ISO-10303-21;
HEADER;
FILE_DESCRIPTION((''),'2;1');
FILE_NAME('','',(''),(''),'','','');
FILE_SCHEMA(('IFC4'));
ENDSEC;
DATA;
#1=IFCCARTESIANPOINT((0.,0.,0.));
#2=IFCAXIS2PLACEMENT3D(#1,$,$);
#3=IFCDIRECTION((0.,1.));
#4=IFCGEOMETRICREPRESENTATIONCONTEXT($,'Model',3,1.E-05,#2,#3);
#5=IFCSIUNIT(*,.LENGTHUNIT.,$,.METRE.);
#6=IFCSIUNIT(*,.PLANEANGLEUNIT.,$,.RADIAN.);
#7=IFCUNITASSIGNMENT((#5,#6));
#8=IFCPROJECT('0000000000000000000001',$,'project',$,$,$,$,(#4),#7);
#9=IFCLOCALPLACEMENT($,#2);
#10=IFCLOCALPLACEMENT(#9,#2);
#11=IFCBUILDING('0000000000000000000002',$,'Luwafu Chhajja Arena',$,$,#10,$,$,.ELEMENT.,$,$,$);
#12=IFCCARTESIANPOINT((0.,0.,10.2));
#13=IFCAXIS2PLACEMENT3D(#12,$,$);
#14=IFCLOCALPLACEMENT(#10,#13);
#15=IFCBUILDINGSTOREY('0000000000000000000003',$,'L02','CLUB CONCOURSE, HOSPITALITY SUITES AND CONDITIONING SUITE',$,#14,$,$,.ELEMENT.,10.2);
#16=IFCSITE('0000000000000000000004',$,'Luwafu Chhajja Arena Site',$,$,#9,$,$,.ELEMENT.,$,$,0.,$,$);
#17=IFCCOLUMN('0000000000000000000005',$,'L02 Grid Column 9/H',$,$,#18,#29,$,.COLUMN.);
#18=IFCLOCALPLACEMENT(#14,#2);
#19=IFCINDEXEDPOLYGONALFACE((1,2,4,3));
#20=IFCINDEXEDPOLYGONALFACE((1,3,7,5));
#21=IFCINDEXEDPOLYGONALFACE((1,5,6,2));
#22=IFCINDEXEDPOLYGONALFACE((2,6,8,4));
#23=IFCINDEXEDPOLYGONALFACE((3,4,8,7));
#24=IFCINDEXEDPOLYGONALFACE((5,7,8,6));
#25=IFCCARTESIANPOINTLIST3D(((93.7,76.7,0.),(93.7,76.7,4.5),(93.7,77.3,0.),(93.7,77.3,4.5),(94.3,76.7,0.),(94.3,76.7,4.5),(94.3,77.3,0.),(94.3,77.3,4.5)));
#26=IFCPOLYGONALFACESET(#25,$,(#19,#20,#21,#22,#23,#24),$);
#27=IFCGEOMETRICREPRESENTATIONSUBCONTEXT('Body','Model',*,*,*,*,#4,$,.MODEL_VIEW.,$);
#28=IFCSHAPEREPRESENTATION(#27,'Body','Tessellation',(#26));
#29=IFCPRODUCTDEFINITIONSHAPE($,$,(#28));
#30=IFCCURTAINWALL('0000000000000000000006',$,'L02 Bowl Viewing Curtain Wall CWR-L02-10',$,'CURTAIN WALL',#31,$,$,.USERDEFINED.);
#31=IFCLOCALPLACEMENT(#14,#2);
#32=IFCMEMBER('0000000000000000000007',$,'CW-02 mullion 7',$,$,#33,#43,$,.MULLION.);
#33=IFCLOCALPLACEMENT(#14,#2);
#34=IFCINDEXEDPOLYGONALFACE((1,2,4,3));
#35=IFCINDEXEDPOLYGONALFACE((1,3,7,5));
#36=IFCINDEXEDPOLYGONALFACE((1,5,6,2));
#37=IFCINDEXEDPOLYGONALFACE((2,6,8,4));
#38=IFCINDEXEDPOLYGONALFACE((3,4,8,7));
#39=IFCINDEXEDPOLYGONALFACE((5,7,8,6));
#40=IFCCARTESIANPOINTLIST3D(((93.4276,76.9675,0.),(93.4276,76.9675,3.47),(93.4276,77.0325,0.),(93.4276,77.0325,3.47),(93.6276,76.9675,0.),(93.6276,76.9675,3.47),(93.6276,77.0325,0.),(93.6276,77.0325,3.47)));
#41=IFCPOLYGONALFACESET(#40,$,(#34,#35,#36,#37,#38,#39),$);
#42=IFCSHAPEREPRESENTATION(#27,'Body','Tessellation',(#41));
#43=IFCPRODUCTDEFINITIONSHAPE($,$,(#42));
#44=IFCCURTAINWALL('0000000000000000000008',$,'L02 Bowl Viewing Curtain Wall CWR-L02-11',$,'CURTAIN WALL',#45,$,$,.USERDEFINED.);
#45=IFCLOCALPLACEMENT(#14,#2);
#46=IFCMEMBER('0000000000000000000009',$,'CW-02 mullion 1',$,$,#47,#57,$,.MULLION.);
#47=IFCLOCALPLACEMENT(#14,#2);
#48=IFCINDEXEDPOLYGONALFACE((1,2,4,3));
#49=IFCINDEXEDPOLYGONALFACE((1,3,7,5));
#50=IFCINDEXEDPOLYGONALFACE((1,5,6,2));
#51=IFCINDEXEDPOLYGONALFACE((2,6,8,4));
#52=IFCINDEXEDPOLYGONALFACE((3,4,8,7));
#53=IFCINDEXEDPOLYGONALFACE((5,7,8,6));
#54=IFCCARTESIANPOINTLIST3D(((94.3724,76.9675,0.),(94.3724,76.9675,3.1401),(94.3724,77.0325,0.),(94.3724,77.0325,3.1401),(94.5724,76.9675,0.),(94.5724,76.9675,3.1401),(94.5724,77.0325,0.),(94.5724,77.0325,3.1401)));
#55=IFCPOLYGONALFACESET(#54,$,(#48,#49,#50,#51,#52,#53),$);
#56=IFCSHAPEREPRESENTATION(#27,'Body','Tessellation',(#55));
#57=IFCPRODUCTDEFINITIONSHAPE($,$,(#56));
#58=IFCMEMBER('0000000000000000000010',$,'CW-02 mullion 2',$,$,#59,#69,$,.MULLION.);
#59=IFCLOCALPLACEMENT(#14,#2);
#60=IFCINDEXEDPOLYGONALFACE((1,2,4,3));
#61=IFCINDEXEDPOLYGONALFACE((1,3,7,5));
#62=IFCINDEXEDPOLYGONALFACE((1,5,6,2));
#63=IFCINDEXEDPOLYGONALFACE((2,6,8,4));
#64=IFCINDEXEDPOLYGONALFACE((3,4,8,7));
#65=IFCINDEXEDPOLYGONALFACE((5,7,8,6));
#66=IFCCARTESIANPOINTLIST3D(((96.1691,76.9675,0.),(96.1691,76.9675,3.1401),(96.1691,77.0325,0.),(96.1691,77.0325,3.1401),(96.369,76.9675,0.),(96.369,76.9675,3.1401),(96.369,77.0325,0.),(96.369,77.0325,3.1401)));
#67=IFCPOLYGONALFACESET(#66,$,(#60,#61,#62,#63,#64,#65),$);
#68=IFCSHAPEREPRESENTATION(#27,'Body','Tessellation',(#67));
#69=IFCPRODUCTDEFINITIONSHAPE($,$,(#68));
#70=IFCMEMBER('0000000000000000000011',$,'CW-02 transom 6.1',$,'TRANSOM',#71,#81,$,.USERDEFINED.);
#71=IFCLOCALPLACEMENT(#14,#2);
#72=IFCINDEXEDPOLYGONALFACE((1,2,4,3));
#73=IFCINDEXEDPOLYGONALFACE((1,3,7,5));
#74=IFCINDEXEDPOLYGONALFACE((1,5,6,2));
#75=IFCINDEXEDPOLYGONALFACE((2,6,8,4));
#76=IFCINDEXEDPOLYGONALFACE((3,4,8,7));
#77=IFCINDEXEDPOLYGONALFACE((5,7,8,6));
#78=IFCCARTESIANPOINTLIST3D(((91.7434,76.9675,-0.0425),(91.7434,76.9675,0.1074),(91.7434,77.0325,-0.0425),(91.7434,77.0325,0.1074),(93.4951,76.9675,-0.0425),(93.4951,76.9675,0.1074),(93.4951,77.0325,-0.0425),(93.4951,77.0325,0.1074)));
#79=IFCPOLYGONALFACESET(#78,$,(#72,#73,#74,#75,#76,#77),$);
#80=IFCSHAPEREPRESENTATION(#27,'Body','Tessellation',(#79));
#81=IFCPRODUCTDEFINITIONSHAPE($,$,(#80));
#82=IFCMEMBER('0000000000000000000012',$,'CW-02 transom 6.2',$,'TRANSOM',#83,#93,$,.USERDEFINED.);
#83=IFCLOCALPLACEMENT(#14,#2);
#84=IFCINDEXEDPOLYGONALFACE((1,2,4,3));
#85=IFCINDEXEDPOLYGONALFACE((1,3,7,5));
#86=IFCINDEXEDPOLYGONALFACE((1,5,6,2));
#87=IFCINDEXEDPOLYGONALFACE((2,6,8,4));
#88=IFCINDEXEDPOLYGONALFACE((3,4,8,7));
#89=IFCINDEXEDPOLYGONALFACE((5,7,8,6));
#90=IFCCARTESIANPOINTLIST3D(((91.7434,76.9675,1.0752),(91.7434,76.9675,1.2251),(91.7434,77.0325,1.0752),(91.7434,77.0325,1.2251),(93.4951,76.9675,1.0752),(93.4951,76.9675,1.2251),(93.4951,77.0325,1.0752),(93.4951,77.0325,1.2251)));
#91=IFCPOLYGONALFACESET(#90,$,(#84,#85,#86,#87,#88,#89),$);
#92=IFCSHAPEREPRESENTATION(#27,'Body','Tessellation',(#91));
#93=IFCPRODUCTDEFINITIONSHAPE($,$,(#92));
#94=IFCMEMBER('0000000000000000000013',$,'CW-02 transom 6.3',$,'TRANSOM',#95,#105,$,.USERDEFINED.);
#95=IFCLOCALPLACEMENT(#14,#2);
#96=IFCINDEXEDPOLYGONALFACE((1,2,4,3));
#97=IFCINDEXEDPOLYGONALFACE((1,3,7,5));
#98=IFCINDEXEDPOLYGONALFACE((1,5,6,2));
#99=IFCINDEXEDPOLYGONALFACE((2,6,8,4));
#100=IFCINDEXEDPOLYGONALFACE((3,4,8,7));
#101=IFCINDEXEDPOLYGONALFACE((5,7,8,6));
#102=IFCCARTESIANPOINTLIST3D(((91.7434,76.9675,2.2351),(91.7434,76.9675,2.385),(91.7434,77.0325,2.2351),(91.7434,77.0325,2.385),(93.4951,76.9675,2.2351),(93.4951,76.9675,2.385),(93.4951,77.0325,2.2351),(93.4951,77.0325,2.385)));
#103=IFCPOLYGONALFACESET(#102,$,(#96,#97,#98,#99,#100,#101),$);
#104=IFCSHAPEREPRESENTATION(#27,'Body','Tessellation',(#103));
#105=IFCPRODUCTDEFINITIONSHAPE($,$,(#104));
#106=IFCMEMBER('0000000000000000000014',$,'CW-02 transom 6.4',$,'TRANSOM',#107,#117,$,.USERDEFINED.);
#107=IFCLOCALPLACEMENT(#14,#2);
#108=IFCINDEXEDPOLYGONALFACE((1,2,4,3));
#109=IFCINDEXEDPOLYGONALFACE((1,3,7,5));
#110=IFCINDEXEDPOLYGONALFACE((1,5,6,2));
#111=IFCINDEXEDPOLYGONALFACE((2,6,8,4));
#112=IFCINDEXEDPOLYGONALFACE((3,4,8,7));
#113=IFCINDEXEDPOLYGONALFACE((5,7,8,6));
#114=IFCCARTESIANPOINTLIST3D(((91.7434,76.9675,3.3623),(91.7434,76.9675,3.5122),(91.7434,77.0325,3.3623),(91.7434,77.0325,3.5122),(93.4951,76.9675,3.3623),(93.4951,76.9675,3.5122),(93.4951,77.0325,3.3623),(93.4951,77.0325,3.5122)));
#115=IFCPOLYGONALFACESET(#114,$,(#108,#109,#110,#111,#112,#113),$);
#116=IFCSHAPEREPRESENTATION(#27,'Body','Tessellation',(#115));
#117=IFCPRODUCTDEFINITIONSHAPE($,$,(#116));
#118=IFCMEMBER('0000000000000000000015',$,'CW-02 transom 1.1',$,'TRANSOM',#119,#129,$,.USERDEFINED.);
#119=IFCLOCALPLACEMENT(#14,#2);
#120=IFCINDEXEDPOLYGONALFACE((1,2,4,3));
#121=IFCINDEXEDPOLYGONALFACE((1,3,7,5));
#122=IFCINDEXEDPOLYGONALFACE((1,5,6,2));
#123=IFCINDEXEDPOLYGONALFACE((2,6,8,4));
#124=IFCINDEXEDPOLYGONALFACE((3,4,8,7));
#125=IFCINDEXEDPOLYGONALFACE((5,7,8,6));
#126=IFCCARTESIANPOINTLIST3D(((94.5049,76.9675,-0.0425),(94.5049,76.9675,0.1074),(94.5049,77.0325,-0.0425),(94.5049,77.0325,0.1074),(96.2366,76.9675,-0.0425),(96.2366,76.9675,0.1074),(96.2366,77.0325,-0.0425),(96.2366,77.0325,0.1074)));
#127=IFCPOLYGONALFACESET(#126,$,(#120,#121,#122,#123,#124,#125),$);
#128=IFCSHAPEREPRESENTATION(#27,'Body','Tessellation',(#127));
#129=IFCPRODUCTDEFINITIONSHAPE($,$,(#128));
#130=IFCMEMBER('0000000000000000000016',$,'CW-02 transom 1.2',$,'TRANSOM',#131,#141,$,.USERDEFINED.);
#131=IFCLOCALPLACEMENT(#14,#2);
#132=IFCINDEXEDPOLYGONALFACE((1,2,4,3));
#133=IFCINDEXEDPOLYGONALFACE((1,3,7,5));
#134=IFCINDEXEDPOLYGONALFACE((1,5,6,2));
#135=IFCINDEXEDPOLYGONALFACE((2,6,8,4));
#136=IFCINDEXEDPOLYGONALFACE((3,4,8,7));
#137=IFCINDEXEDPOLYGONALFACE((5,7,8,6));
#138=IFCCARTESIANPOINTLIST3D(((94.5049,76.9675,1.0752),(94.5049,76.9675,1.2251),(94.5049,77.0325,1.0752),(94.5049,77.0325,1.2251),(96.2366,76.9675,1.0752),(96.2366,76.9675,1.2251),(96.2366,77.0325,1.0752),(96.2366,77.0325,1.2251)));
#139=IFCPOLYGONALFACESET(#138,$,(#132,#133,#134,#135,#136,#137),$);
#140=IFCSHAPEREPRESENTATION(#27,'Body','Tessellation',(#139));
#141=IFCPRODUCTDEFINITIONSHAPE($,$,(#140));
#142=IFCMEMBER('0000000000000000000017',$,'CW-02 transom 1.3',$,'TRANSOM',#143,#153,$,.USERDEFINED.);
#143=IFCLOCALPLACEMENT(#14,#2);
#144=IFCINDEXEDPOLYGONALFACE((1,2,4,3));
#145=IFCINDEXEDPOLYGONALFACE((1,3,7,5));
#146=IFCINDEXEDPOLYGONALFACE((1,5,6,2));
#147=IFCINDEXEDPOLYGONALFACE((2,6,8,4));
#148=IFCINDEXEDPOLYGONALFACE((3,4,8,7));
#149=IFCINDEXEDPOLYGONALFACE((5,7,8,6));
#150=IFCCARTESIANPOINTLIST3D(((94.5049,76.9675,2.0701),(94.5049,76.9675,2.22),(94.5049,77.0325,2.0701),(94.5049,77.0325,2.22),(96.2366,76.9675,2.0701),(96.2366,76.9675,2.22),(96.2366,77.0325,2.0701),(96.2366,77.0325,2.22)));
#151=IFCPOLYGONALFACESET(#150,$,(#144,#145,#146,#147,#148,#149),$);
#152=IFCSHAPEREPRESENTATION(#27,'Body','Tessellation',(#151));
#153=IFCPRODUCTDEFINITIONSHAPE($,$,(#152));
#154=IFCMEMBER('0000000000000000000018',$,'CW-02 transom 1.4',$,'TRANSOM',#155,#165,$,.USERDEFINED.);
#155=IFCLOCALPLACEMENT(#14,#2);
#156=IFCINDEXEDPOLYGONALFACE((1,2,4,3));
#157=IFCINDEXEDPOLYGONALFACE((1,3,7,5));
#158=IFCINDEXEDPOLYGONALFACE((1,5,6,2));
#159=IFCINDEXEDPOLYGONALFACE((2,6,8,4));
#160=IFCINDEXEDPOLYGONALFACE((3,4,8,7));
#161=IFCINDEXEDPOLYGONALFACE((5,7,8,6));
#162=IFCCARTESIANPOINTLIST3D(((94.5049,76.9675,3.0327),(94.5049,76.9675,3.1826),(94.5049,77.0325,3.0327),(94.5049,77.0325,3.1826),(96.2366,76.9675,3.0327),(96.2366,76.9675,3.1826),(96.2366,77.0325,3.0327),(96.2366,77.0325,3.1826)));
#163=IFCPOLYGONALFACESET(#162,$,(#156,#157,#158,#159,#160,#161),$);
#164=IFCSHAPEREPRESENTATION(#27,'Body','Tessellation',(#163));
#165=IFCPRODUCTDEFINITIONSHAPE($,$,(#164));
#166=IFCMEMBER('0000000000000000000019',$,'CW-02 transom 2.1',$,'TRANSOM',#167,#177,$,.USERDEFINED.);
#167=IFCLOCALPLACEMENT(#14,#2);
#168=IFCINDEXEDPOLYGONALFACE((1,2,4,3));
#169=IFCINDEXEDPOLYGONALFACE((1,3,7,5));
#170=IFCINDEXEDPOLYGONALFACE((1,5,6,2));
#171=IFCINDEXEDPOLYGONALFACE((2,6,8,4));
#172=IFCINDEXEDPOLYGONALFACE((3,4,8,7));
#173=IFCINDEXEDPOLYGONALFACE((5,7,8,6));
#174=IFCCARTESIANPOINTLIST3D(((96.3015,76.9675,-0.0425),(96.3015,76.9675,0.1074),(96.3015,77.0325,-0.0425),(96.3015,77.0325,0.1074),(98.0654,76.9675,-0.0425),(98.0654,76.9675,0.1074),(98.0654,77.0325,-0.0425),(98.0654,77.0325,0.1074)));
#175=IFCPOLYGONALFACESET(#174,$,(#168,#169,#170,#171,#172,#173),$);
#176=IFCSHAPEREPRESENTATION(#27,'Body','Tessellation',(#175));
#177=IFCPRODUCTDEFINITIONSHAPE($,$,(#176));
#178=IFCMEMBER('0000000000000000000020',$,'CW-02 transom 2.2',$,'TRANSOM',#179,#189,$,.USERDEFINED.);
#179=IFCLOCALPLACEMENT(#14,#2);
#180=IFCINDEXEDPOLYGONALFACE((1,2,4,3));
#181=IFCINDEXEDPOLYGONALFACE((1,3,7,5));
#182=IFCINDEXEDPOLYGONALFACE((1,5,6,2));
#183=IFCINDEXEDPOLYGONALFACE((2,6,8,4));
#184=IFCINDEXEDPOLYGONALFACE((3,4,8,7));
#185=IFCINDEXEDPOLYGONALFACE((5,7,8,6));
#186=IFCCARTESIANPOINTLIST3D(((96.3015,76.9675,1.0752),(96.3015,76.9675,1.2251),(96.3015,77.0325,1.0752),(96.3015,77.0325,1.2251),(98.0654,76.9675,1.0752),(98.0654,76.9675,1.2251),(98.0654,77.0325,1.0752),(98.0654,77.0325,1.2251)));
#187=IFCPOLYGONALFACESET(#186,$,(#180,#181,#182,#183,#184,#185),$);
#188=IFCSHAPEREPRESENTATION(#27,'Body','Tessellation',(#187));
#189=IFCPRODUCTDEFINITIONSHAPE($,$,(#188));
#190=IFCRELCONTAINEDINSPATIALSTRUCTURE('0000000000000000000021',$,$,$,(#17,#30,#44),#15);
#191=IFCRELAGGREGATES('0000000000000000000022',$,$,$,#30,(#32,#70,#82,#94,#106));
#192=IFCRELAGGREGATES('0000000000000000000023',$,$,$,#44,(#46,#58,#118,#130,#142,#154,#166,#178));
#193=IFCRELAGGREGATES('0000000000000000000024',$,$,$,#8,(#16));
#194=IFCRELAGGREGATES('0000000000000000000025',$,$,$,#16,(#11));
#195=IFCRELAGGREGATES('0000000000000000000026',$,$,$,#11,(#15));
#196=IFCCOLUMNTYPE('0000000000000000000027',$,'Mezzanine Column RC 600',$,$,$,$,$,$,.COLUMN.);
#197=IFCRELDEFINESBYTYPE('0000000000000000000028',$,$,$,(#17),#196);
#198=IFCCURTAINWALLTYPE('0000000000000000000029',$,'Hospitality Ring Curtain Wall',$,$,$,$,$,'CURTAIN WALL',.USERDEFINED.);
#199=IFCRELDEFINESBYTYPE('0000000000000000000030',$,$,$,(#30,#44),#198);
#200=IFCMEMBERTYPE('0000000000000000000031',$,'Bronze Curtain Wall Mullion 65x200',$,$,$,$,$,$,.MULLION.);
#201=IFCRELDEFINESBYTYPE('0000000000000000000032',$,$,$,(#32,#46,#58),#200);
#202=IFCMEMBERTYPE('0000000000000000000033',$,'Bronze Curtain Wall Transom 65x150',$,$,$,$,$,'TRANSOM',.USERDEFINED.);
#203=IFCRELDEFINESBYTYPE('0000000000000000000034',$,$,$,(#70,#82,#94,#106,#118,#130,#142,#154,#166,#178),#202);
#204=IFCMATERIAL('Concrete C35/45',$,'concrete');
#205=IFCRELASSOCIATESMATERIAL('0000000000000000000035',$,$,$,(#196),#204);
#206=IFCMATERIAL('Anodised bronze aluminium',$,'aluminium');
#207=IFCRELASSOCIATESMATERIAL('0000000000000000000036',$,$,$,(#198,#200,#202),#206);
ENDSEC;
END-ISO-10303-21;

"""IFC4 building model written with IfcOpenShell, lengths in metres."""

from ifc_helpers import new_model, si_unit, direction, frame, origin, origin_2d, place, context, subcontext, project, spatial, rectangle, extrude, material, material_profile, profile_set, type_object, element, aggregate, save


model = new_model("IFC4")

# Units and contexts
model_context = context("Model", 3, precision=1e-05, world=origin(), true_north=direction((0.0, 1.0)))
body_context = subcontext(model_context, "Body", "Model", "MODEL_VIEW")
ifc_project = project(units=[si_unit("LENGTHUNIT", "METRE"), si_unit("PLANEANGLEUNIT", "RADIAN")], contexts=[model_context])

# Site, building, storey
site_placement = place(None, origin())
site = spatial("IfcSite", under=ifc_project, at=site_placement, Name="Luwafu Chhajja Arena Site", CompositionType="ELEMENT", RefElevation=0.0)
building_placement = place(site_placement, origin())
building = spatial("IfcBuilding", under=site, at=building_placement, Name="Luwafu Chhajja Arena", CompositionType="ELEMENT")
storey_placement = place(building_placement, frame((0.0, 0.0, 10.2)))
storey = spatial("IfcBuildingStorey", under=building, at=storey_placement, Name="L02", Description="CLUB CONCOURSE, HOSPITALITY SUITES AND CONDITIONING SUITE", CompositionType="ELEMENT", Elevation=10.2)

# Column
ifc_material_1 = material(Name="Concrete C35/45", Category="concrete")
ifc_material_profile_1 = material_profile(ifc_material_1, rectangle(XDim=0.6001, YDim=0.6001, at=origin_2d()), Name="RC 600x600")
ifc_profile_set_1 = profile_set([ifc_material_profile_1], Name="Concrete C35/45")
column_type = type_object("IfcColumnType", Name="Mezzanine Column RC 600", PredefinedType="COLUMN", material=ifc_profile_set_1)
column_placement = place(storey_placement, frame((94.0, 77.0, 0.0), z_axis=(0.0, 0.0, 1.0), x_axis=(1.0, 0.0, 0.0)))
element("IfcColumn", 1, at=column_placement, inside=storey, type_object=column_type, Name="L02 Grid Column 9/H", PredefinedType="COLUMN", context=body_context, shape_type="SweptSolid", body=[
    extrude(rectangle(XDim=0.6001, YDim=0.6001, at=origin_2d()), origin(), (0.0, 0.0, 1.0), 4.5),
])

# Curtain wall, member
ifc_material_2 = material(Name="Anodised bronze aluminium", Category="aluminium")
curtain_wall_type = type_object("IfcCurtainWallType", Name="Hospitality Ring Curtain Wall", ElementType="CURTAIN WALL", PredefinedType="USERDEFINED", material=ifc_material_2)
curtain_wall_1_placement = place(storey_placement, origin())
curtain_wall_1 = element("IfcCurtainWall", 2, at=curtain_wall_1_placement, inside=storey, type_object=curtain_wall_type, Name="L02 Bowl Viewing Curtain Wall CWR-L02-10", ObjectType="CURTAIN WALL", PredefinedType="USERDEFINED")
ifc_material_profile_2 = material_profile(ifc_material_2, rectangle(XDim=0.0649, YDim=0.2, at=origin_2d()), Name="CWM 65x200")
ifc_profile_set_2 = profile_set([ifc_material_profile_2], Name="Anodised bronze aluminium")
member_type_1 = type_object("IfcMemberType", Name="Bronze Curtain Wall Mullion 65x200", PredefinedType="MULLION", material=ifc_profile_set_2)
member_1_placement = place(storey_placement, frame((93.5276, 77.0, 0.0), z_axis=(0.0, 0.0, 1.0), x_axis=(0.0, 1.0, 0.0)))
member_1 = element("IfcMember", 3, at=member_1_placement, type_object=member_type_1, Name="CW-02 mullion 7", PredefinedType="MULLION", context=body_context, shape_type="SweptSolid", body=[
    extrude(rectangle(XDim=0.0649, YDim=0.2, at=origin_2d()), origin(), (0.0, 0.0, 1.0), 3.47),
])

# Curtain wall, members
curtain_wall_2_placement = place(storey_placement, origin())
curtain_wall_2 = element("IfcCurtainWall", 4, at=curtain_wall_2_placement, inside=storey, type_object=curtain_wall_type, Name="L02 Bowl Viewing Curtain Wall CWR-L02-11", ObjectType="CURTAIN WALL", PredefinedType="USERDEFINED")
member_2_placement = place(storey_placement, frame((94.4724, 77.0, 0.0), z_axis=(0.0, 0.0, 1.0), x_axis=(0.0, 1.0, 0.0)))
member_2 = element("IfcMember", 5, at=member_2_placement, type_object=member_type_1, Name="CW-02 mullion 1", PredefinedType="MULLION", context=body_context, shape_type="SweptSolid", body=[
    extrude(rectangle(XDim=0.0649, YDim=0.2, at=origin_2d()), origin(), (0.0, 0.0, 1.0), 3.1401),
])
member_3_placement = place(storey_placement, frame((96.269, 77.0, 0.0), z_axis=(0.0, 0.0, 1.0), x_axis=(0.0, 1.0, 0.0)))
member_3 = element("IfcMember", 6, at=member_3_placement, type_object=member_type_1, Name="CW-02 mullion 2", PredefinedType="MULLION", context=body_context, shape_type="SweptSolid", body=[
    extrude(rectangle(XDim=0.0649, YDim=0.2, at=origin_2d()), origin(), (0.0, 0.0, 1.0), 3.1401),
])

# Members
ifc_material_profile_3 = material_profile(ifc_material_2, rectangle(XDim=0.0649, YDim=0.1499, at=origin_2d()), Name="CWT 65x150")
ifc_profile_set_3 = profile_set([ifc_material_profile_3], Name="Anodised bronze aluminium")
member_type_2 = type_object("IfcMemberType", Name="Bronze Curtain Wall Transom 65x150", ElementType="TRANSOM", PredefinedType="USERDEFINED", material=ifc_profile_set_3)
member_4_placement = place(storey_placement, frame((91.7434, 77.0, 0.0325), z_axis=(1.0, 0.0, 0.0), x_axis=(0.0, 1.0, 0.0)))
member_4 = element("IfcMember", 7, at=member_4_placement, type_object=member_type_2, Name="CW-02 transom 6.1", ObjectType="TRANSOM", PredefinedType="USERDEFINED", context=body_context, shape_type="SweptSolid", body=[
    extrude(rectangle(XDim=0.0649, YDim=0.1499, at=origin_2d()), origin(), (0.0, 0.0, 1.0), 1.7517),
])
member_5_placement = place(storey_placement, frame((91.7434, 77.0, 1.1501), z_axis=(1.0, 0.0, 0.0), x_axis=(0.0, 1.0, 0.0)))
member_5 = element("IfcMember", 8, at=member_5_placement, type_object=member_type_2, Name="CW-02 transom 6.2", ObjectType="TRANSOM", PredefinedType="USERDEFINED", context=body_context, shape_type="SweptSolid", body=[
    extrude(rectangle(XDim=0.0649, YDim=0.1499, at=origin_2d()), origin(), (0.0, 0.0, 1.0), 1.7517),
])
member_6_placement = place(storey_placement, frame((91.7434, 77.0, 2.3101), z_axis=(1.0, 0.0, 0.0), x_axis=(0.0, 1.0, 0.0)))
member_6 = element("IfcMember", 9, at=member_6_placement, type_object=member_type_2, Name="CW-02 transom 6.3", ObjectType="TRANSOM", PredefinedType="USERDEFINED", context=body_context, shape_type="SweptSolid", body=[
    extrude(rectangle(XDim=0.0649, YDim=0.1499, at=origin_2d()), origin(), (0.0, 0.0, 1.0), 1.7517),
])
member_7_placement = place(storey_placement, frame((91.7434, 77.0, 3.4373), z_axis=(1.0, 0.0, 0.0), x_axis=(0.0, 1.0, 0.0)))
member_7 = element("IfcMember", 10, at=member_7_placement, type_object=member_type_2, Name="CW-02 transom 6.4", ObjectType="TRANSOM", PredefinedType="USERDEFINED", context=body_context, shape_type="SweptSolid", body=[
    extrude(rectangle(XDim=0.0649, YDim=0.1499, at=origin_2d()), origin(), (0.0, 0.0, 1.0), 1.7517),
])
member_8_placement = place(storey_placement, frame((94.5049, 77.0, 0.0325), z_axis=(1.0, 0.0, 0.0), x_axis=(0.0, 1.0, 0.0)))
member_8 = element("IfcMember", 11, at=member_8_placement, type_object=member_type_2, Name="CW-02 transom 1.1", ObjectType="TRANSOM", PredefinedType="USERDEFINED", context=body_context, shape_type="SweptSolid", body=[
    extrude(rectangle(XDim=0.0649, YDim=0.1499, at=origin_2d()), origin(), (0.0, 0.0, 1.0), 1.7317),
])
member_9_placement = place(storey_placement, frame((94.5049, 77.0, 1.1501), z_axis=(1.0, 0.0, 0.0), x_axis=(0.0, 1.0, 0.0)))
member_9 = element("IfcMember", 12, at=member_9_placement, type_object=member_type_2, Name="CW-02 transom 1.2", ObjectType="TRANSOM", PredefinedType="USERDEFINED", context=body_context, shape_type="SweptSolid", body=[
    extrude(rectangle(XDim=0.0649, YDim=0.1499, at=origin_2d()), origin(), (0.0, 0.0, 1.0), 1.7317),
])
member_10_placement = place(storey_placement, frame((94.5049, 77.0, 2.145), z_axis=(1.0, 0.0, 0.0), x_axis=(0.0, 1.0, 0.0)))
member_10 = element("IfcMember", 13, at=member_10_placement, type_object=member_type_2, Name="CW-02 transom 1.3", ObjectType="TRANSOM", PredefinedType="USERDEFINED", context=body_context, shape_type="SweptSolid", body=[
    extrude(rectangle(XDim=0.0649, YDim=0.1499, at=origin_2d()), origin(), (0.0, 0.0, 1.0), 1.7317),
])
member_11_placement = place(storey_placement, frame((94.5049, 77.0, 3.1077), z_axis=(1.0, 0.0, 0.0), x_axis=(0.0, 1.0, 0.0)))
member_11 = element("IfcMember", 14, at=member_11_placement, type_object=member_type_2, Name="CW-02 transom 1.4", ObjectType="TRANSOM", PredefinedType="USERDEFINED", context=body_context, shape_type="SweptSolid", body=[
    extrude(rectangle(XDim=0.0649, YDim=0.1499, at=origin_2d()), origin(), (0.0, 0.0, 1.0), 1.7317),
])
member_12_placement = place(storey_placement, frame((96.3015, 77.0, 0.0325), z_axis=(1.0, 0.0, 0.0), x_axis=(0.0, 1.0, 0.0)))
member_12 = element("IfcMember", 15, at=member_12_placement, type_object=member_type_2, Name="CW-02 transom 2.1", ObjectType="TRANSOM", PredefinedType="USERDEFINED", context=body_context, shape_type="SweptSolid", body=[
    extrude(rectangle(XDim=0.0649, YDim=0.1499, at=origin_2d()), origin(), (0.0, 0.0, 1.0), 1.7639),
])
member_13_placement = place(storey_placement, frame((96.3015, 77.0, 1.1501), z_axis=(1.0, 0.0, 0.0), x_axis=(0.0, 1.0, 0.0)))
member_13 = element("IfcMember", 16, at=member_13_placement, type_object=member_type_2, Name="CW-02 transom 2.2", ObjectType="TRANSOM", PredefinedType="USERDEFINED", context=body_context, shape_type="SweptSolid", body=[
    extrude(rectangle(XDim=0.0649, YDim=0.1499, at=origin_2d()), origin(), (0.0, 0.0, 1.0), 1.7639),
])

aggregate(curtain_wall_1, [member_1, member_4, member_5, member_6, member_7])
aggregate(curtain_wall_2, [member_2, member_3, member_8, member_9, member_10, member_11, member_12, member_13])

save(model, "model.ifc")
